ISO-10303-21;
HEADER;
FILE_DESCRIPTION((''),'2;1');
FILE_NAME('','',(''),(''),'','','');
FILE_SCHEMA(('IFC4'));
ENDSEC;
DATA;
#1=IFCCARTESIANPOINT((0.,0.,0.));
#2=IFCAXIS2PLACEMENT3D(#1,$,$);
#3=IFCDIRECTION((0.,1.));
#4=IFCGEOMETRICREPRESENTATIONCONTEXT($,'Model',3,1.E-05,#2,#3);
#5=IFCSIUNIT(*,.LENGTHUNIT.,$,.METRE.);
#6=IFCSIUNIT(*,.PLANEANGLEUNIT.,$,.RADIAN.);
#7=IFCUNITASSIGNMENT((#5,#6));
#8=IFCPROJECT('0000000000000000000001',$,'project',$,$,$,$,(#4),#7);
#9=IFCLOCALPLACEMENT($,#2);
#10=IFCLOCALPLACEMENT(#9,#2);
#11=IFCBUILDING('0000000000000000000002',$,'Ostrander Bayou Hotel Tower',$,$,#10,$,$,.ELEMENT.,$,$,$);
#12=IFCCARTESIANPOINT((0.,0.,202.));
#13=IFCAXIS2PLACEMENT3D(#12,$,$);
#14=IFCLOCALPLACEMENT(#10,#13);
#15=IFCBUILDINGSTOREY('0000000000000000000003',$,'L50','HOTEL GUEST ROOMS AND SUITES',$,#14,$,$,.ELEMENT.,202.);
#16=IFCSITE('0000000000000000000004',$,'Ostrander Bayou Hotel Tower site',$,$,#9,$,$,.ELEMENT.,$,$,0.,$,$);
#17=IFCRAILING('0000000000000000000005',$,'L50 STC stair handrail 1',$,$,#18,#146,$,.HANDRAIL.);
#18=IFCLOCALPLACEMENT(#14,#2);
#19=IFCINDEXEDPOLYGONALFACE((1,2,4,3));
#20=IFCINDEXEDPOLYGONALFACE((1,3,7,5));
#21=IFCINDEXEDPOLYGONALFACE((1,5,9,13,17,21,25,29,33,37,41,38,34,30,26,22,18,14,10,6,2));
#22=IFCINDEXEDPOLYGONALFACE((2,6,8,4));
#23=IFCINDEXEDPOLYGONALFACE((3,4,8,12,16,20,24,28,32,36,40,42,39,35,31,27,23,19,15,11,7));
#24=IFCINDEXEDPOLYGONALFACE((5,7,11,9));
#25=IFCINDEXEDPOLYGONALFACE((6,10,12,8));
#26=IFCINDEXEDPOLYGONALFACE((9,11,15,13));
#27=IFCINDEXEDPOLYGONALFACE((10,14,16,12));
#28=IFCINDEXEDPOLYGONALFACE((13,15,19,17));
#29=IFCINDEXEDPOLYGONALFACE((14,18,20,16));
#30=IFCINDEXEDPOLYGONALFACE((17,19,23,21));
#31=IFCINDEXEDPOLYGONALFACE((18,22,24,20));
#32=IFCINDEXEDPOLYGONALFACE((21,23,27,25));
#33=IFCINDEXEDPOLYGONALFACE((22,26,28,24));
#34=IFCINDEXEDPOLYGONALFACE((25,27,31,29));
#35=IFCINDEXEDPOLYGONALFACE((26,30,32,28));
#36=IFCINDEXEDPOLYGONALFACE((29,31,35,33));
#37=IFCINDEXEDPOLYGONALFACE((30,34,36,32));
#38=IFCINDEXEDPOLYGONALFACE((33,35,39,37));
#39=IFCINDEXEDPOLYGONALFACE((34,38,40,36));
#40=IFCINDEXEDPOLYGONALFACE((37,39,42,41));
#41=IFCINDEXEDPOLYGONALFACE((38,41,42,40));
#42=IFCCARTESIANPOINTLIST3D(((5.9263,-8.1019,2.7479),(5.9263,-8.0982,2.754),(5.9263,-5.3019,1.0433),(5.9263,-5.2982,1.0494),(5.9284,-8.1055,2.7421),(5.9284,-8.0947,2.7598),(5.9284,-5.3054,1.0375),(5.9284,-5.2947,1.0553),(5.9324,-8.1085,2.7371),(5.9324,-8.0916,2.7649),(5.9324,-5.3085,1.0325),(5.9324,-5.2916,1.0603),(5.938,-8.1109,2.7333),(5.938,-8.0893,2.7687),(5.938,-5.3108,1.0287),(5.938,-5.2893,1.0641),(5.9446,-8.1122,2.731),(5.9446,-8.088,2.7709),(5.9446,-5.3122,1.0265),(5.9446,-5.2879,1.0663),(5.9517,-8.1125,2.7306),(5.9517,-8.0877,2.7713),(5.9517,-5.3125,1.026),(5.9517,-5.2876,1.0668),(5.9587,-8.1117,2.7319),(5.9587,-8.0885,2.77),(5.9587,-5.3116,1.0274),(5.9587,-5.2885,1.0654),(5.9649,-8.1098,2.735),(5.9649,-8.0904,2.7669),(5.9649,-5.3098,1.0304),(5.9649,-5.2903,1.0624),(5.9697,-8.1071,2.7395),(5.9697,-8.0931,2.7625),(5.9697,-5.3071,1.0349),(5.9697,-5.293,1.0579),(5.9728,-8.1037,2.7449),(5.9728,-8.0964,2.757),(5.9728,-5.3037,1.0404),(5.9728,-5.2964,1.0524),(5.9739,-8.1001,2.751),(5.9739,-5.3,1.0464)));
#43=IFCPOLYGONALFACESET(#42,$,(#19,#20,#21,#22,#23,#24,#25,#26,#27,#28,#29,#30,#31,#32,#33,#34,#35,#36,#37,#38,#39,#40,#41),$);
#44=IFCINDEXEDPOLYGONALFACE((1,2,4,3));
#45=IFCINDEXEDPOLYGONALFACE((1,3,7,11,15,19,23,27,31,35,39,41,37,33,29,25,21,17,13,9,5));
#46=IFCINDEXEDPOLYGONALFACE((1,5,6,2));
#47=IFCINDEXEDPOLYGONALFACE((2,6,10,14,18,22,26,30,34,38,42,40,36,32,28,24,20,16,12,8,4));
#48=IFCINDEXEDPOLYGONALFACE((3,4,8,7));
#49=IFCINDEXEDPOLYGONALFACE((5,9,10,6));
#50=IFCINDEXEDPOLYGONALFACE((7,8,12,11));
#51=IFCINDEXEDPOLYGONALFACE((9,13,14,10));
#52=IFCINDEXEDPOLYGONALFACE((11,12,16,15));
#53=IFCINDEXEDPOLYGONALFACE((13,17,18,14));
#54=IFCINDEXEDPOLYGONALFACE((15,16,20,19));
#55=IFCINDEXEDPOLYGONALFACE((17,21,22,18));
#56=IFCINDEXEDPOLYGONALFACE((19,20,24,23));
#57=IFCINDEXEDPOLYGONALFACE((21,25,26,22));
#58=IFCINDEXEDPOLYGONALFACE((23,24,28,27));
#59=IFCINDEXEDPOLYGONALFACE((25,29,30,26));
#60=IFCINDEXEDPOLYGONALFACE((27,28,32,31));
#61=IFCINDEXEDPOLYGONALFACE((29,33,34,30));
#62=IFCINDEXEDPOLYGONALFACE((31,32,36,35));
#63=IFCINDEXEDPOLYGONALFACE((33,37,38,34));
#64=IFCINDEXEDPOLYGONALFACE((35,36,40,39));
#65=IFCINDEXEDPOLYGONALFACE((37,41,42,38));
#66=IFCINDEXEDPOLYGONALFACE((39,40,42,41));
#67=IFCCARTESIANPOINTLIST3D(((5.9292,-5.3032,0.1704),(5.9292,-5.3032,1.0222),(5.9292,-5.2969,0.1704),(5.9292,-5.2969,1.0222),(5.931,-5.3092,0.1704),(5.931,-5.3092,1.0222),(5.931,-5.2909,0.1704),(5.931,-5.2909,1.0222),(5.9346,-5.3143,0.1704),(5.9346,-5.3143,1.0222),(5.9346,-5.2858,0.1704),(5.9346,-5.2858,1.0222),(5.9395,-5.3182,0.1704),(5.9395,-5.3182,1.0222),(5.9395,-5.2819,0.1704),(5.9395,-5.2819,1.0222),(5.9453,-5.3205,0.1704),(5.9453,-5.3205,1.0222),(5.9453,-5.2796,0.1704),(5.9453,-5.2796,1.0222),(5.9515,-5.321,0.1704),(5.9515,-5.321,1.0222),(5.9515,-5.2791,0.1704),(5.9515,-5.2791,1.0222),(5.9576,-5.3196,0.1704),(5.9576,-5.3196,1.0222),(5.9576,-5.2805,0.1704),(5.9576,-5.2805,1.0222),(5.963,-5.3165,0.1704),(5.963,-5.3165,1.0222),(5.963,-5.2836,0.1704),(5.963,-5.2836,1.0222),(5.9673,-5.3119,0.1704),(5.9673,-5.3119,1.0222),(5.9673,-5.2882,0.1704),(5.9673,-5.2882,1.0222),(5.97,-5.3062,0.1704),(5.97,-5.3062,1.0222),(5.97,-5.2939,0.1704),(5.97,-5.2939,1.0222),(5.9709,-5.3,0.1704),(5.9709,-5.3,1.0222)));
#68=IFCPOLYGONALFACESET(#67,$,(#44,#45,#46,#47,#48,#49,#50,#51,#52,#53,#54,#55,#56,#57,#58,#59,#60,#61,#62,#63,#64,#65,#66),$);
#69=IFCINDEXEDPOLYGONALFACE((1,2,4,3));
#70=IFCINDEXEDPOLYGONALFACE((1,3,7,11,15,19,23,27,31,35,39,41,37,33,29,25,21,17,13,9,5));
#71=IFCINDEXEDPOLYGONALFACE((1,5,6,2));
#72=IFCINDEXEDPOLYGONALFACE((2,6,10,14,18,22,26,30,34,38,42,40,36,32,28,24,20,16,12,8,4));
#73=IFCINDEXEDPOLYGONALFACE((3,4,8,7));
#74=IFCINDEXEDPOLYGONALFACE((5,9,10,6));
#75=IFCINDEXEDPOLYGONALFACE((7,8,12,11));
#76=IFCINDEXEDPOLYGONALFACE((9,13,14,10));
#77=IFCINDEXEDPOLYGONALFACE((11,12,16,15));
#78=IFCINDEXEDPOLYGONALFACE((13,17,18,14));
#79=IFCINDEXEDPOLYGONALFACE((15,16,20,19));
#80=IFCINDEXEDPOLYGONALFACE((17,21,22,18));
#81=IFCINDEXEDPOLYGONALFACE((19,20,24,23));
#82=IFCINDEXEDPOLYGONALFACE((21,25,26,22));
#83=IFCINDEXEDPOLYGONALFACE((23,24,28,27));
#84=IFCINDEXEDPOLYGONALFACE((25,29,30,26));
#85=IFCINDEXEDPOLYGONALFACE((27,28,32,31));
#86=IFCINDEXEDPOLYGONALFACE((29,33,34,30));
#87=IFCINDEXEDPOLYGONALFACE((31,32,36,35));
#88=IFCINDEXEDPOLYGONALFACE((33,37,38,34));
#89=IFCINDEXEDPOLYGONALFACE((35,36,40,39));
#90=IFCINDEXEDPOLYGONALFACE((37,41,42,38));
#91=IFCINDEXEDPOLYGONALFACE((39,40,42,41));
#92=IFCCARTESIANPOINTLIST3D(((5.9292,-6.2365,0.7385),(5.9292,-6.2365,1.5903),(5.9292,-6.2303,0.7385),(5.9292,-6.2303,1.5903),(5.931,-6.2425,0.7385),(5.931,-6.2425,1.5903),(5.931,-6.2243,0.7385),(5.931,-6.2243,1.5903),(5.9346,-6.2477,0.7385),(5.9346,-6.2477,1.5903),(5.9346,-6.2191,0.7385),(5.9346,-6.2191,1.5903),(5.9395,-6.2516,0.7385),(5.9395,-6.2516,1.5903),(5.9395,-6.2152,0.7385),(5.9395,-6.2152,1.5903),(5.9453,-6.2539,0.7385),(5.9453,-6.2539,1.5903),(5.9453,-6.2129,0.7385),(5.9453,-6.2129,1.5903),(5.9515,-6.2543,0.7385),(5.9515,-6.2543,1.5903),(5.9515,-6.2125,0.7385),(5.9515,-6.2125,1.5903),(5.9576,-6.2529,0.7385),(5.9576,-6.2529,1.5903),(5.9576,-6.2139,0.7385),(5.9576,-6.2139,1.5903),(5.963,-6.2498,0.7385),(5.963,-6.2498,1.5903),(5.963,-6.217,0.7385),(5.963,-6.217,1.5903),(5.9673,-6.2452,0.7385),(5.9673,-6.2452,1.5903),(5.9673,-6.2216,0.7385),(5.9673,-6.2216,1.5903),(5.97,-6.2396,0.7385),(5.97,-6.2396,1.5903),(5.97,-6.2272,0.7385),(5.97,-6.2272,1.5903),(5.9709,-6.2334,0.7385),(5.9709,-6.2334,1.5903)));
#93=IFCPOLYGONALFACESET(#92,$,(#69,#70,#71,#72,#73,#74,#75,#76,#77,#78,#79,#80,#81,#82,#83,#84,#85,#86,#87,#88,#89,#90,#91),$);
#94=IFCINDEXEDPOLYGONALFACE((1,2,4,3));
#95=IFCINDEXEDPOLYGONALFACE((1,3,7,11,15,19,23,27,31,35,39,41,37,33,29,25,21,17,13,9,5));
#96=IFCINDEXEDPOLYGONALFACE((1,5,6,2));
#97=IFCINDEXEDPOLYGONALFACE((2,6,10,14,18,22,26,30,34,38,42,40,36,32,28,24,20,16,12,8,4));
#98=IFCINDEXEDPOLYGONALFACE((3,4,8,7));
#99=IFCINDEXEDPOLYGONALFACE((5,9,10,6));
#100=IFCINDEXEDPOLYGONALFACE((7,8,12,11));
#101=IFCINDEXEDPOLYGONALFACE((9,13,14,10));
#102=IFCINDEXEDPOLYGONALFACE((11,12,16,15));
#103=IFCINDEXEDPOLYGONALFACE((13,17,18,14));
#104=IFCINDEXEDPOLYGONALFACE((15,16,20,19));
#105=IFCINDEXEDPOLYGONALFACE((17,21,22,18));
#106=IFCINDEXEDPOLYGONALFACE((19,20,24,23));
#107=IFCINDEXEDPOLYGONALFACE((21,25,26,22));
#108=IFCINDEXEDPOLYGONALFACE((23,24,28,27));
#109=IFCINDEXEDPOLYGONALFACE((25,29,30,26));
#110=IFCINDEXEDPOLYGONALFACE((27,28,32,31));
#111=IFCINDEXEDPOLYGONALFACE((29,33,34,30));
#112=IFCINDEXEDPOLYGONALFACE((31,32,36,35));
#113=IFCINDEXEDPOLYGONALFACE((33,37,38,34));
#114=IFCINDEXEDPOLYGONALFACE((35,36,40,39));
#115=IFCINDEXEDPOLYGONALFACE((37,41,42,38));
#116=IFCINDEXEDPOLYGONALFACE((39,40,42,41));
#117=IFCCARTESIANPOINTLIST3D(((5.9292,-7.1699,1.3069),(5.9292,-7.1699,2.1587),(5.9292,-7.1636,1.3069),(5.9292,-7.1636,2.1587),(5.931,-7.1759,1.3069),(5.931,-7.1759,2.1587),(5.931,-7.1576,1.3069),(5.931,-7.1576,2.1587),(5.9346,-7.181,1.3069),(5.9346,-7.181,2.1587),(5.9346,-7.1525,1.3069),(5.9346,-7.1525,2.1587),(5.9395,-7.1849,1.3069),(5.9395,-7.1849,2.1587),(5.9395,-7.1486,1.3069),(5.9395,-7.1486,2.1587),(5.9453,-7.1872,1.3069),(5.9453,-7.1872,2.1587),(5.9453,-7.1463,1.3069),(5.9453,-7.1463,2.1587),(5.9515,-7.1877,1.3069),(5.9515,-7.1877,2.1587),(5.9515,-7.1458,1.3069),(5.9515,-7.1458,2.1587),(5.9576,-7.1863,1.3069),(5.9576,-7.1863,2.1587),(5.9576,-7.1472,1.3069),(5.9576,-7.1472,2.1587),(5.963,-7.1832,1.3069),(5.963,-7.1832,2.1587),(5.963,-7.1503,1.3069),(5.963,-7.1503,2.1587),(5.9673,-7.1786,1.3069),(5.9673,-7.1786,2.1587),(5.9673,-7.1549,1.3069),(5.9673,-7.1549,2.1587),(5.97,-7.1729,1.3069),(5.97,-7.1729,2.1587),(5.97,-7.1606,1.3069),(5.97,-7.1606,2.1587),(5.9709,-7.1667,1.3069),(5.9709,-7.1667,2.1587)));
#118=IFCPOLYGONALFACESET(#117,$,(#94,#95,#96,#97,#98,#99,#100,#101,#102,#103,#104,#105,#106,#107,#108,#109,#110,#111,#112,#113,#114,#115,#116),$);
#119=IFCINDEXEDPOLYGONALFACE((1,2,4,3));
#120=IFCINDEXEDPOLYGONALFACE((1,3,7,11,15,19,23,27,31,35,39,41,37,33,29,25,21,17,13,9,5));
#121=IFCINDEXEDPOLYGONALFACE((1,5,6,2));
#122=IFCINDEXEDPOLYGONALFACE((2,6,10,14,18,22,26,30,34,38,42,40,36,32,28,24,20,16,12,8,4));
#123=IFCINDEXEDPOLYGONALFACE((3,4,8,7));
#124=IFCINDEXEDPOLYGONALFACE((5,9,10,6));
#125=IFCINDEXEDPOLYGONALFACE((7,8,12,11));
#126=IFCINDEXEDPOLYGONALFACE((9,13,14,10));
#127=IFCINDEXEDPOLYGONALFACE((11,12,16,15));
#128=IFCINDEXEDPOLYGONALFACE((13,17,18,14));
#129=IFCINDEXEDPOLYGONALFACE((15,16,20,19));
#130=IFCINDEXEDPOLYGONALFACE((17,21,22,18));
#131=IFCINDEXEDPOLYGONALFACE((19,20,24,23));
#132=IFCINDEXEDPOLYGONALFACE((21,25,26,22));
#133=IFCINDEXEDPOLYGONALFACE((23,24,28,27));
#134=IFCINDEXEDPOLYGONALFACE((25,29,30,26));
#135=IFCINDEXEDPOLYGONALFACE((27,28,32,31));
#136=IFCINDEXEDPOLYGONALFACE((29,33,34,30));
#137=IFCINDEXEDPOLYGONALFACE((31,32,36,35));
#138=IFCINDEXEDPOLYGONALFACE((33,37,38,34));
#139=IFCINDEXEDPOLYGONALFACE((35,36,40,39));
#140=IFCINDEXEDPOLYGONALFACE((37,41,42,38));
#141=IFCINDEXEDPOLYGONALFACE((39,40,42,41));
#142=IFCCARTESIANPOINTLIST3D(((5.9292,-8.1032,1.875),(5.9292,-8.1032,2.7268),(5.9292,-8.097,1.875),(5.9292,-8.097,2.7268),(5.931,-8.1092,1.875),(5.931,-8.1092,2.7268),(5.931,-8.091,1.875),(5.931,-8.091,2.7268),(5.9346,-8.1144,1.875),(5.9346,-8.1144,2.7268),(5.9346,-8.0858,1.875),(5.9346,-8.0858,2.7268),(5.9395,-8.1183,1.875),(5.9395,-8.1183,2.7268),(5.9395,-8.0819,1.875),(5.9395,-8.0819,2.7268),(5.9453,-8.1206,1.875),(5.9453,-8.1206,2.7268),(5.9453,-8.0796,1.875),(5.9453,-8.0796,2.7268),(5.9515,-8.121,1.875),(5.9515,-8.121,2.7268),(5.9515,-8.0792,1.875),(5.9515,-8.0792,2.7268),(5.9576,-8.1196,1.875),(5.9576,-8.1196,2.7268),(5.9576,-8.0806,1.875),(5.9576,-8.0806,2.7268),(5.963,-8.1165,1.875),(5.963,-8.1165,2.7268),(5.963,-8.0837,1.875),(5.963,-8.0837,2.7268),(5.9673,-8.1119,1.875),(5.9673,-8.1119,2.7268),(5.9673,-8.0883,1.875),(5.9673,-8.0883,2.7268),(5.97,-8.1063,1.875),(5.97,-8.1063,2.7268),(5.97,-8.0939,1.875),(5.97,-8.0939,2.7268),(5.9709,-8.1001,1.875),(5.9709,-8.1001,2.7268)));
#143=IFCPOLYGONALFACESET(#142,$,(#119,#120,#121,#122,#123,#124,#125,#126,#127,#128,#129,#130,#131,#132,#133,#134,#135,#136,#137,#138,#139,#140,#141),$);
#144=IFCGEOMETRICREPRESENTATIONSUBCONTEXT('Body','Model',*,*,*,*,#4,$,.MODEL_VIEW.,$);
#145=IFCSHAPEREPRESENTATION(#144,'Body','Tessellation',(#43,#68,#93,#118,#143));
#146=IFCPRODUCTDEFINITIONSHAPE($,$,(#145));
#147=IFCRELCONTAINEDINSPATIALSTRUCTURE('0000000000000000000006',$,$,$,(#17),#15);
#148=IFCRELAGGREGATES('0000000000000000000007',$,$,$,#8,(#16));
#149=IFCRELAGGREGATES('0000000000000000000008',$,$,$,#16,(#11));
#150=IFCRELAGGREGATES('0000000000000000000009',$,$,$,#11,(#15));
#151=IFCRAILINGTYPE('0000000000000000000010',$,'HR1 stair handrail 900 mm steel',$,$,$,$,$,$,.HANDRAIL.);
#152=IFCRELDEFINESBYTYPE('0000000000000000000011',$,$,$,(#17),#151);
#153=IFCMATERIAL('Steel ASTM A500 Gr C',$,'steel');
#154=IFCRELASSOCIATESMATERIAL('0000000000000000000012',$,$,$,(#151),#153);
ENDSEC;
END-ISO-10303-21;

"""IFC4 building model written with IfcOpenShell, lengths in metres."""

from ifc_helpers import new_model, si_unit, direction, frame, origin, origin_2d, place, context, subcontext, project, spatial, circle, extrude, material, type_object, element, save


model = new_model("IFC4")

# Units and contexts
model_context = context("Model", 3, precision=1e-05, world=origin(), true_north=direction((0.0, 1.0)))
body_context = subcontext(model_context, "Body", "Model", "MODEL_VIEW")
ifc_project = project(units=[si_unit("LENGTHUNIT", "METRE"), si_unit("PLANEANGLEUNIT", "RADIAN")], contexts=[model_context])

# Site, building, storey
site_placement = place(None, origin())
site = spatial("IfcSite", under=ifc_project, at=site_placement, Name="Ostrander Bayou Hotel Tower site", CompositionType="ELEMENT", RefElevation=0.0)
building_placement = place(site_placement, origin())
building = spatial("IfcBuilding", under=site, at=building_placement, Name="Ostrander Bayou Hotel Tower", CompositionType="ELEMENT")
storey_placement = place(building_placement, frame((0.0, 0.0, 202.0)))
storey = spatial("IfcBuildingStorey", under=building, at=storey_placement, Name="L50", Description="HOTEL GUEST ROOMS AND SUITES", CompositionType="ELEMENT", Elevation=202.0)

# Railing
ifc_material_1 = material(Name="Steel ASTM A500 Gr C", Category="steel")
railing_type_1 = type_object("IfcRailingType", Name="HR1 stair handrail 900 mm steel", PredefinedType="HANDRAIL", material=ifc_material_1)
railing_1_placement = place(storey_placement, frame((5.95, -5.3, 0.1704)))
element("IfcRailing", 1, at=railing_1_placement, inside=storey, type_object=railing_type_1, Name="L50 STC stair handrail 1", PredefinedType="HANDRAIL", context=body_context, shape_type="SweptSolid", body=[
    extrude(circle(Radius=0.0239, at=origin_2d()), frame((0.0, 0.0, 0.876), z_axis=(0.0, -0.85417, 0.519994), x_axis=(1.0, 0.0, 0.0)), (0.0, 0.0, 1.0), 3.2781),
    extrude(circle(Radius=0.021, at=origin_2d()), origin(), (0.0, 0.0, 1.0), 0.8518),
    extrude(circle(Radius=0.021, at=origin_2d()), frame((0.0, -0.9333, 0.5681)), (0.0, 0.0, 1.0), 0.8518),
    extrude(circle(Radius=0.021, at=origin_2d()), frame((0.0, -1.8667, 1.1365)), (0.0, 0.0, 1.0), 0.8518),
    extrude(circle(Radius=0.021, at=origin_2d()), frame((0.0, -2.8, 1.7046)), (0.0, 0.0, 1.0), 0.8518),
])

save(model, "model.ifc")
